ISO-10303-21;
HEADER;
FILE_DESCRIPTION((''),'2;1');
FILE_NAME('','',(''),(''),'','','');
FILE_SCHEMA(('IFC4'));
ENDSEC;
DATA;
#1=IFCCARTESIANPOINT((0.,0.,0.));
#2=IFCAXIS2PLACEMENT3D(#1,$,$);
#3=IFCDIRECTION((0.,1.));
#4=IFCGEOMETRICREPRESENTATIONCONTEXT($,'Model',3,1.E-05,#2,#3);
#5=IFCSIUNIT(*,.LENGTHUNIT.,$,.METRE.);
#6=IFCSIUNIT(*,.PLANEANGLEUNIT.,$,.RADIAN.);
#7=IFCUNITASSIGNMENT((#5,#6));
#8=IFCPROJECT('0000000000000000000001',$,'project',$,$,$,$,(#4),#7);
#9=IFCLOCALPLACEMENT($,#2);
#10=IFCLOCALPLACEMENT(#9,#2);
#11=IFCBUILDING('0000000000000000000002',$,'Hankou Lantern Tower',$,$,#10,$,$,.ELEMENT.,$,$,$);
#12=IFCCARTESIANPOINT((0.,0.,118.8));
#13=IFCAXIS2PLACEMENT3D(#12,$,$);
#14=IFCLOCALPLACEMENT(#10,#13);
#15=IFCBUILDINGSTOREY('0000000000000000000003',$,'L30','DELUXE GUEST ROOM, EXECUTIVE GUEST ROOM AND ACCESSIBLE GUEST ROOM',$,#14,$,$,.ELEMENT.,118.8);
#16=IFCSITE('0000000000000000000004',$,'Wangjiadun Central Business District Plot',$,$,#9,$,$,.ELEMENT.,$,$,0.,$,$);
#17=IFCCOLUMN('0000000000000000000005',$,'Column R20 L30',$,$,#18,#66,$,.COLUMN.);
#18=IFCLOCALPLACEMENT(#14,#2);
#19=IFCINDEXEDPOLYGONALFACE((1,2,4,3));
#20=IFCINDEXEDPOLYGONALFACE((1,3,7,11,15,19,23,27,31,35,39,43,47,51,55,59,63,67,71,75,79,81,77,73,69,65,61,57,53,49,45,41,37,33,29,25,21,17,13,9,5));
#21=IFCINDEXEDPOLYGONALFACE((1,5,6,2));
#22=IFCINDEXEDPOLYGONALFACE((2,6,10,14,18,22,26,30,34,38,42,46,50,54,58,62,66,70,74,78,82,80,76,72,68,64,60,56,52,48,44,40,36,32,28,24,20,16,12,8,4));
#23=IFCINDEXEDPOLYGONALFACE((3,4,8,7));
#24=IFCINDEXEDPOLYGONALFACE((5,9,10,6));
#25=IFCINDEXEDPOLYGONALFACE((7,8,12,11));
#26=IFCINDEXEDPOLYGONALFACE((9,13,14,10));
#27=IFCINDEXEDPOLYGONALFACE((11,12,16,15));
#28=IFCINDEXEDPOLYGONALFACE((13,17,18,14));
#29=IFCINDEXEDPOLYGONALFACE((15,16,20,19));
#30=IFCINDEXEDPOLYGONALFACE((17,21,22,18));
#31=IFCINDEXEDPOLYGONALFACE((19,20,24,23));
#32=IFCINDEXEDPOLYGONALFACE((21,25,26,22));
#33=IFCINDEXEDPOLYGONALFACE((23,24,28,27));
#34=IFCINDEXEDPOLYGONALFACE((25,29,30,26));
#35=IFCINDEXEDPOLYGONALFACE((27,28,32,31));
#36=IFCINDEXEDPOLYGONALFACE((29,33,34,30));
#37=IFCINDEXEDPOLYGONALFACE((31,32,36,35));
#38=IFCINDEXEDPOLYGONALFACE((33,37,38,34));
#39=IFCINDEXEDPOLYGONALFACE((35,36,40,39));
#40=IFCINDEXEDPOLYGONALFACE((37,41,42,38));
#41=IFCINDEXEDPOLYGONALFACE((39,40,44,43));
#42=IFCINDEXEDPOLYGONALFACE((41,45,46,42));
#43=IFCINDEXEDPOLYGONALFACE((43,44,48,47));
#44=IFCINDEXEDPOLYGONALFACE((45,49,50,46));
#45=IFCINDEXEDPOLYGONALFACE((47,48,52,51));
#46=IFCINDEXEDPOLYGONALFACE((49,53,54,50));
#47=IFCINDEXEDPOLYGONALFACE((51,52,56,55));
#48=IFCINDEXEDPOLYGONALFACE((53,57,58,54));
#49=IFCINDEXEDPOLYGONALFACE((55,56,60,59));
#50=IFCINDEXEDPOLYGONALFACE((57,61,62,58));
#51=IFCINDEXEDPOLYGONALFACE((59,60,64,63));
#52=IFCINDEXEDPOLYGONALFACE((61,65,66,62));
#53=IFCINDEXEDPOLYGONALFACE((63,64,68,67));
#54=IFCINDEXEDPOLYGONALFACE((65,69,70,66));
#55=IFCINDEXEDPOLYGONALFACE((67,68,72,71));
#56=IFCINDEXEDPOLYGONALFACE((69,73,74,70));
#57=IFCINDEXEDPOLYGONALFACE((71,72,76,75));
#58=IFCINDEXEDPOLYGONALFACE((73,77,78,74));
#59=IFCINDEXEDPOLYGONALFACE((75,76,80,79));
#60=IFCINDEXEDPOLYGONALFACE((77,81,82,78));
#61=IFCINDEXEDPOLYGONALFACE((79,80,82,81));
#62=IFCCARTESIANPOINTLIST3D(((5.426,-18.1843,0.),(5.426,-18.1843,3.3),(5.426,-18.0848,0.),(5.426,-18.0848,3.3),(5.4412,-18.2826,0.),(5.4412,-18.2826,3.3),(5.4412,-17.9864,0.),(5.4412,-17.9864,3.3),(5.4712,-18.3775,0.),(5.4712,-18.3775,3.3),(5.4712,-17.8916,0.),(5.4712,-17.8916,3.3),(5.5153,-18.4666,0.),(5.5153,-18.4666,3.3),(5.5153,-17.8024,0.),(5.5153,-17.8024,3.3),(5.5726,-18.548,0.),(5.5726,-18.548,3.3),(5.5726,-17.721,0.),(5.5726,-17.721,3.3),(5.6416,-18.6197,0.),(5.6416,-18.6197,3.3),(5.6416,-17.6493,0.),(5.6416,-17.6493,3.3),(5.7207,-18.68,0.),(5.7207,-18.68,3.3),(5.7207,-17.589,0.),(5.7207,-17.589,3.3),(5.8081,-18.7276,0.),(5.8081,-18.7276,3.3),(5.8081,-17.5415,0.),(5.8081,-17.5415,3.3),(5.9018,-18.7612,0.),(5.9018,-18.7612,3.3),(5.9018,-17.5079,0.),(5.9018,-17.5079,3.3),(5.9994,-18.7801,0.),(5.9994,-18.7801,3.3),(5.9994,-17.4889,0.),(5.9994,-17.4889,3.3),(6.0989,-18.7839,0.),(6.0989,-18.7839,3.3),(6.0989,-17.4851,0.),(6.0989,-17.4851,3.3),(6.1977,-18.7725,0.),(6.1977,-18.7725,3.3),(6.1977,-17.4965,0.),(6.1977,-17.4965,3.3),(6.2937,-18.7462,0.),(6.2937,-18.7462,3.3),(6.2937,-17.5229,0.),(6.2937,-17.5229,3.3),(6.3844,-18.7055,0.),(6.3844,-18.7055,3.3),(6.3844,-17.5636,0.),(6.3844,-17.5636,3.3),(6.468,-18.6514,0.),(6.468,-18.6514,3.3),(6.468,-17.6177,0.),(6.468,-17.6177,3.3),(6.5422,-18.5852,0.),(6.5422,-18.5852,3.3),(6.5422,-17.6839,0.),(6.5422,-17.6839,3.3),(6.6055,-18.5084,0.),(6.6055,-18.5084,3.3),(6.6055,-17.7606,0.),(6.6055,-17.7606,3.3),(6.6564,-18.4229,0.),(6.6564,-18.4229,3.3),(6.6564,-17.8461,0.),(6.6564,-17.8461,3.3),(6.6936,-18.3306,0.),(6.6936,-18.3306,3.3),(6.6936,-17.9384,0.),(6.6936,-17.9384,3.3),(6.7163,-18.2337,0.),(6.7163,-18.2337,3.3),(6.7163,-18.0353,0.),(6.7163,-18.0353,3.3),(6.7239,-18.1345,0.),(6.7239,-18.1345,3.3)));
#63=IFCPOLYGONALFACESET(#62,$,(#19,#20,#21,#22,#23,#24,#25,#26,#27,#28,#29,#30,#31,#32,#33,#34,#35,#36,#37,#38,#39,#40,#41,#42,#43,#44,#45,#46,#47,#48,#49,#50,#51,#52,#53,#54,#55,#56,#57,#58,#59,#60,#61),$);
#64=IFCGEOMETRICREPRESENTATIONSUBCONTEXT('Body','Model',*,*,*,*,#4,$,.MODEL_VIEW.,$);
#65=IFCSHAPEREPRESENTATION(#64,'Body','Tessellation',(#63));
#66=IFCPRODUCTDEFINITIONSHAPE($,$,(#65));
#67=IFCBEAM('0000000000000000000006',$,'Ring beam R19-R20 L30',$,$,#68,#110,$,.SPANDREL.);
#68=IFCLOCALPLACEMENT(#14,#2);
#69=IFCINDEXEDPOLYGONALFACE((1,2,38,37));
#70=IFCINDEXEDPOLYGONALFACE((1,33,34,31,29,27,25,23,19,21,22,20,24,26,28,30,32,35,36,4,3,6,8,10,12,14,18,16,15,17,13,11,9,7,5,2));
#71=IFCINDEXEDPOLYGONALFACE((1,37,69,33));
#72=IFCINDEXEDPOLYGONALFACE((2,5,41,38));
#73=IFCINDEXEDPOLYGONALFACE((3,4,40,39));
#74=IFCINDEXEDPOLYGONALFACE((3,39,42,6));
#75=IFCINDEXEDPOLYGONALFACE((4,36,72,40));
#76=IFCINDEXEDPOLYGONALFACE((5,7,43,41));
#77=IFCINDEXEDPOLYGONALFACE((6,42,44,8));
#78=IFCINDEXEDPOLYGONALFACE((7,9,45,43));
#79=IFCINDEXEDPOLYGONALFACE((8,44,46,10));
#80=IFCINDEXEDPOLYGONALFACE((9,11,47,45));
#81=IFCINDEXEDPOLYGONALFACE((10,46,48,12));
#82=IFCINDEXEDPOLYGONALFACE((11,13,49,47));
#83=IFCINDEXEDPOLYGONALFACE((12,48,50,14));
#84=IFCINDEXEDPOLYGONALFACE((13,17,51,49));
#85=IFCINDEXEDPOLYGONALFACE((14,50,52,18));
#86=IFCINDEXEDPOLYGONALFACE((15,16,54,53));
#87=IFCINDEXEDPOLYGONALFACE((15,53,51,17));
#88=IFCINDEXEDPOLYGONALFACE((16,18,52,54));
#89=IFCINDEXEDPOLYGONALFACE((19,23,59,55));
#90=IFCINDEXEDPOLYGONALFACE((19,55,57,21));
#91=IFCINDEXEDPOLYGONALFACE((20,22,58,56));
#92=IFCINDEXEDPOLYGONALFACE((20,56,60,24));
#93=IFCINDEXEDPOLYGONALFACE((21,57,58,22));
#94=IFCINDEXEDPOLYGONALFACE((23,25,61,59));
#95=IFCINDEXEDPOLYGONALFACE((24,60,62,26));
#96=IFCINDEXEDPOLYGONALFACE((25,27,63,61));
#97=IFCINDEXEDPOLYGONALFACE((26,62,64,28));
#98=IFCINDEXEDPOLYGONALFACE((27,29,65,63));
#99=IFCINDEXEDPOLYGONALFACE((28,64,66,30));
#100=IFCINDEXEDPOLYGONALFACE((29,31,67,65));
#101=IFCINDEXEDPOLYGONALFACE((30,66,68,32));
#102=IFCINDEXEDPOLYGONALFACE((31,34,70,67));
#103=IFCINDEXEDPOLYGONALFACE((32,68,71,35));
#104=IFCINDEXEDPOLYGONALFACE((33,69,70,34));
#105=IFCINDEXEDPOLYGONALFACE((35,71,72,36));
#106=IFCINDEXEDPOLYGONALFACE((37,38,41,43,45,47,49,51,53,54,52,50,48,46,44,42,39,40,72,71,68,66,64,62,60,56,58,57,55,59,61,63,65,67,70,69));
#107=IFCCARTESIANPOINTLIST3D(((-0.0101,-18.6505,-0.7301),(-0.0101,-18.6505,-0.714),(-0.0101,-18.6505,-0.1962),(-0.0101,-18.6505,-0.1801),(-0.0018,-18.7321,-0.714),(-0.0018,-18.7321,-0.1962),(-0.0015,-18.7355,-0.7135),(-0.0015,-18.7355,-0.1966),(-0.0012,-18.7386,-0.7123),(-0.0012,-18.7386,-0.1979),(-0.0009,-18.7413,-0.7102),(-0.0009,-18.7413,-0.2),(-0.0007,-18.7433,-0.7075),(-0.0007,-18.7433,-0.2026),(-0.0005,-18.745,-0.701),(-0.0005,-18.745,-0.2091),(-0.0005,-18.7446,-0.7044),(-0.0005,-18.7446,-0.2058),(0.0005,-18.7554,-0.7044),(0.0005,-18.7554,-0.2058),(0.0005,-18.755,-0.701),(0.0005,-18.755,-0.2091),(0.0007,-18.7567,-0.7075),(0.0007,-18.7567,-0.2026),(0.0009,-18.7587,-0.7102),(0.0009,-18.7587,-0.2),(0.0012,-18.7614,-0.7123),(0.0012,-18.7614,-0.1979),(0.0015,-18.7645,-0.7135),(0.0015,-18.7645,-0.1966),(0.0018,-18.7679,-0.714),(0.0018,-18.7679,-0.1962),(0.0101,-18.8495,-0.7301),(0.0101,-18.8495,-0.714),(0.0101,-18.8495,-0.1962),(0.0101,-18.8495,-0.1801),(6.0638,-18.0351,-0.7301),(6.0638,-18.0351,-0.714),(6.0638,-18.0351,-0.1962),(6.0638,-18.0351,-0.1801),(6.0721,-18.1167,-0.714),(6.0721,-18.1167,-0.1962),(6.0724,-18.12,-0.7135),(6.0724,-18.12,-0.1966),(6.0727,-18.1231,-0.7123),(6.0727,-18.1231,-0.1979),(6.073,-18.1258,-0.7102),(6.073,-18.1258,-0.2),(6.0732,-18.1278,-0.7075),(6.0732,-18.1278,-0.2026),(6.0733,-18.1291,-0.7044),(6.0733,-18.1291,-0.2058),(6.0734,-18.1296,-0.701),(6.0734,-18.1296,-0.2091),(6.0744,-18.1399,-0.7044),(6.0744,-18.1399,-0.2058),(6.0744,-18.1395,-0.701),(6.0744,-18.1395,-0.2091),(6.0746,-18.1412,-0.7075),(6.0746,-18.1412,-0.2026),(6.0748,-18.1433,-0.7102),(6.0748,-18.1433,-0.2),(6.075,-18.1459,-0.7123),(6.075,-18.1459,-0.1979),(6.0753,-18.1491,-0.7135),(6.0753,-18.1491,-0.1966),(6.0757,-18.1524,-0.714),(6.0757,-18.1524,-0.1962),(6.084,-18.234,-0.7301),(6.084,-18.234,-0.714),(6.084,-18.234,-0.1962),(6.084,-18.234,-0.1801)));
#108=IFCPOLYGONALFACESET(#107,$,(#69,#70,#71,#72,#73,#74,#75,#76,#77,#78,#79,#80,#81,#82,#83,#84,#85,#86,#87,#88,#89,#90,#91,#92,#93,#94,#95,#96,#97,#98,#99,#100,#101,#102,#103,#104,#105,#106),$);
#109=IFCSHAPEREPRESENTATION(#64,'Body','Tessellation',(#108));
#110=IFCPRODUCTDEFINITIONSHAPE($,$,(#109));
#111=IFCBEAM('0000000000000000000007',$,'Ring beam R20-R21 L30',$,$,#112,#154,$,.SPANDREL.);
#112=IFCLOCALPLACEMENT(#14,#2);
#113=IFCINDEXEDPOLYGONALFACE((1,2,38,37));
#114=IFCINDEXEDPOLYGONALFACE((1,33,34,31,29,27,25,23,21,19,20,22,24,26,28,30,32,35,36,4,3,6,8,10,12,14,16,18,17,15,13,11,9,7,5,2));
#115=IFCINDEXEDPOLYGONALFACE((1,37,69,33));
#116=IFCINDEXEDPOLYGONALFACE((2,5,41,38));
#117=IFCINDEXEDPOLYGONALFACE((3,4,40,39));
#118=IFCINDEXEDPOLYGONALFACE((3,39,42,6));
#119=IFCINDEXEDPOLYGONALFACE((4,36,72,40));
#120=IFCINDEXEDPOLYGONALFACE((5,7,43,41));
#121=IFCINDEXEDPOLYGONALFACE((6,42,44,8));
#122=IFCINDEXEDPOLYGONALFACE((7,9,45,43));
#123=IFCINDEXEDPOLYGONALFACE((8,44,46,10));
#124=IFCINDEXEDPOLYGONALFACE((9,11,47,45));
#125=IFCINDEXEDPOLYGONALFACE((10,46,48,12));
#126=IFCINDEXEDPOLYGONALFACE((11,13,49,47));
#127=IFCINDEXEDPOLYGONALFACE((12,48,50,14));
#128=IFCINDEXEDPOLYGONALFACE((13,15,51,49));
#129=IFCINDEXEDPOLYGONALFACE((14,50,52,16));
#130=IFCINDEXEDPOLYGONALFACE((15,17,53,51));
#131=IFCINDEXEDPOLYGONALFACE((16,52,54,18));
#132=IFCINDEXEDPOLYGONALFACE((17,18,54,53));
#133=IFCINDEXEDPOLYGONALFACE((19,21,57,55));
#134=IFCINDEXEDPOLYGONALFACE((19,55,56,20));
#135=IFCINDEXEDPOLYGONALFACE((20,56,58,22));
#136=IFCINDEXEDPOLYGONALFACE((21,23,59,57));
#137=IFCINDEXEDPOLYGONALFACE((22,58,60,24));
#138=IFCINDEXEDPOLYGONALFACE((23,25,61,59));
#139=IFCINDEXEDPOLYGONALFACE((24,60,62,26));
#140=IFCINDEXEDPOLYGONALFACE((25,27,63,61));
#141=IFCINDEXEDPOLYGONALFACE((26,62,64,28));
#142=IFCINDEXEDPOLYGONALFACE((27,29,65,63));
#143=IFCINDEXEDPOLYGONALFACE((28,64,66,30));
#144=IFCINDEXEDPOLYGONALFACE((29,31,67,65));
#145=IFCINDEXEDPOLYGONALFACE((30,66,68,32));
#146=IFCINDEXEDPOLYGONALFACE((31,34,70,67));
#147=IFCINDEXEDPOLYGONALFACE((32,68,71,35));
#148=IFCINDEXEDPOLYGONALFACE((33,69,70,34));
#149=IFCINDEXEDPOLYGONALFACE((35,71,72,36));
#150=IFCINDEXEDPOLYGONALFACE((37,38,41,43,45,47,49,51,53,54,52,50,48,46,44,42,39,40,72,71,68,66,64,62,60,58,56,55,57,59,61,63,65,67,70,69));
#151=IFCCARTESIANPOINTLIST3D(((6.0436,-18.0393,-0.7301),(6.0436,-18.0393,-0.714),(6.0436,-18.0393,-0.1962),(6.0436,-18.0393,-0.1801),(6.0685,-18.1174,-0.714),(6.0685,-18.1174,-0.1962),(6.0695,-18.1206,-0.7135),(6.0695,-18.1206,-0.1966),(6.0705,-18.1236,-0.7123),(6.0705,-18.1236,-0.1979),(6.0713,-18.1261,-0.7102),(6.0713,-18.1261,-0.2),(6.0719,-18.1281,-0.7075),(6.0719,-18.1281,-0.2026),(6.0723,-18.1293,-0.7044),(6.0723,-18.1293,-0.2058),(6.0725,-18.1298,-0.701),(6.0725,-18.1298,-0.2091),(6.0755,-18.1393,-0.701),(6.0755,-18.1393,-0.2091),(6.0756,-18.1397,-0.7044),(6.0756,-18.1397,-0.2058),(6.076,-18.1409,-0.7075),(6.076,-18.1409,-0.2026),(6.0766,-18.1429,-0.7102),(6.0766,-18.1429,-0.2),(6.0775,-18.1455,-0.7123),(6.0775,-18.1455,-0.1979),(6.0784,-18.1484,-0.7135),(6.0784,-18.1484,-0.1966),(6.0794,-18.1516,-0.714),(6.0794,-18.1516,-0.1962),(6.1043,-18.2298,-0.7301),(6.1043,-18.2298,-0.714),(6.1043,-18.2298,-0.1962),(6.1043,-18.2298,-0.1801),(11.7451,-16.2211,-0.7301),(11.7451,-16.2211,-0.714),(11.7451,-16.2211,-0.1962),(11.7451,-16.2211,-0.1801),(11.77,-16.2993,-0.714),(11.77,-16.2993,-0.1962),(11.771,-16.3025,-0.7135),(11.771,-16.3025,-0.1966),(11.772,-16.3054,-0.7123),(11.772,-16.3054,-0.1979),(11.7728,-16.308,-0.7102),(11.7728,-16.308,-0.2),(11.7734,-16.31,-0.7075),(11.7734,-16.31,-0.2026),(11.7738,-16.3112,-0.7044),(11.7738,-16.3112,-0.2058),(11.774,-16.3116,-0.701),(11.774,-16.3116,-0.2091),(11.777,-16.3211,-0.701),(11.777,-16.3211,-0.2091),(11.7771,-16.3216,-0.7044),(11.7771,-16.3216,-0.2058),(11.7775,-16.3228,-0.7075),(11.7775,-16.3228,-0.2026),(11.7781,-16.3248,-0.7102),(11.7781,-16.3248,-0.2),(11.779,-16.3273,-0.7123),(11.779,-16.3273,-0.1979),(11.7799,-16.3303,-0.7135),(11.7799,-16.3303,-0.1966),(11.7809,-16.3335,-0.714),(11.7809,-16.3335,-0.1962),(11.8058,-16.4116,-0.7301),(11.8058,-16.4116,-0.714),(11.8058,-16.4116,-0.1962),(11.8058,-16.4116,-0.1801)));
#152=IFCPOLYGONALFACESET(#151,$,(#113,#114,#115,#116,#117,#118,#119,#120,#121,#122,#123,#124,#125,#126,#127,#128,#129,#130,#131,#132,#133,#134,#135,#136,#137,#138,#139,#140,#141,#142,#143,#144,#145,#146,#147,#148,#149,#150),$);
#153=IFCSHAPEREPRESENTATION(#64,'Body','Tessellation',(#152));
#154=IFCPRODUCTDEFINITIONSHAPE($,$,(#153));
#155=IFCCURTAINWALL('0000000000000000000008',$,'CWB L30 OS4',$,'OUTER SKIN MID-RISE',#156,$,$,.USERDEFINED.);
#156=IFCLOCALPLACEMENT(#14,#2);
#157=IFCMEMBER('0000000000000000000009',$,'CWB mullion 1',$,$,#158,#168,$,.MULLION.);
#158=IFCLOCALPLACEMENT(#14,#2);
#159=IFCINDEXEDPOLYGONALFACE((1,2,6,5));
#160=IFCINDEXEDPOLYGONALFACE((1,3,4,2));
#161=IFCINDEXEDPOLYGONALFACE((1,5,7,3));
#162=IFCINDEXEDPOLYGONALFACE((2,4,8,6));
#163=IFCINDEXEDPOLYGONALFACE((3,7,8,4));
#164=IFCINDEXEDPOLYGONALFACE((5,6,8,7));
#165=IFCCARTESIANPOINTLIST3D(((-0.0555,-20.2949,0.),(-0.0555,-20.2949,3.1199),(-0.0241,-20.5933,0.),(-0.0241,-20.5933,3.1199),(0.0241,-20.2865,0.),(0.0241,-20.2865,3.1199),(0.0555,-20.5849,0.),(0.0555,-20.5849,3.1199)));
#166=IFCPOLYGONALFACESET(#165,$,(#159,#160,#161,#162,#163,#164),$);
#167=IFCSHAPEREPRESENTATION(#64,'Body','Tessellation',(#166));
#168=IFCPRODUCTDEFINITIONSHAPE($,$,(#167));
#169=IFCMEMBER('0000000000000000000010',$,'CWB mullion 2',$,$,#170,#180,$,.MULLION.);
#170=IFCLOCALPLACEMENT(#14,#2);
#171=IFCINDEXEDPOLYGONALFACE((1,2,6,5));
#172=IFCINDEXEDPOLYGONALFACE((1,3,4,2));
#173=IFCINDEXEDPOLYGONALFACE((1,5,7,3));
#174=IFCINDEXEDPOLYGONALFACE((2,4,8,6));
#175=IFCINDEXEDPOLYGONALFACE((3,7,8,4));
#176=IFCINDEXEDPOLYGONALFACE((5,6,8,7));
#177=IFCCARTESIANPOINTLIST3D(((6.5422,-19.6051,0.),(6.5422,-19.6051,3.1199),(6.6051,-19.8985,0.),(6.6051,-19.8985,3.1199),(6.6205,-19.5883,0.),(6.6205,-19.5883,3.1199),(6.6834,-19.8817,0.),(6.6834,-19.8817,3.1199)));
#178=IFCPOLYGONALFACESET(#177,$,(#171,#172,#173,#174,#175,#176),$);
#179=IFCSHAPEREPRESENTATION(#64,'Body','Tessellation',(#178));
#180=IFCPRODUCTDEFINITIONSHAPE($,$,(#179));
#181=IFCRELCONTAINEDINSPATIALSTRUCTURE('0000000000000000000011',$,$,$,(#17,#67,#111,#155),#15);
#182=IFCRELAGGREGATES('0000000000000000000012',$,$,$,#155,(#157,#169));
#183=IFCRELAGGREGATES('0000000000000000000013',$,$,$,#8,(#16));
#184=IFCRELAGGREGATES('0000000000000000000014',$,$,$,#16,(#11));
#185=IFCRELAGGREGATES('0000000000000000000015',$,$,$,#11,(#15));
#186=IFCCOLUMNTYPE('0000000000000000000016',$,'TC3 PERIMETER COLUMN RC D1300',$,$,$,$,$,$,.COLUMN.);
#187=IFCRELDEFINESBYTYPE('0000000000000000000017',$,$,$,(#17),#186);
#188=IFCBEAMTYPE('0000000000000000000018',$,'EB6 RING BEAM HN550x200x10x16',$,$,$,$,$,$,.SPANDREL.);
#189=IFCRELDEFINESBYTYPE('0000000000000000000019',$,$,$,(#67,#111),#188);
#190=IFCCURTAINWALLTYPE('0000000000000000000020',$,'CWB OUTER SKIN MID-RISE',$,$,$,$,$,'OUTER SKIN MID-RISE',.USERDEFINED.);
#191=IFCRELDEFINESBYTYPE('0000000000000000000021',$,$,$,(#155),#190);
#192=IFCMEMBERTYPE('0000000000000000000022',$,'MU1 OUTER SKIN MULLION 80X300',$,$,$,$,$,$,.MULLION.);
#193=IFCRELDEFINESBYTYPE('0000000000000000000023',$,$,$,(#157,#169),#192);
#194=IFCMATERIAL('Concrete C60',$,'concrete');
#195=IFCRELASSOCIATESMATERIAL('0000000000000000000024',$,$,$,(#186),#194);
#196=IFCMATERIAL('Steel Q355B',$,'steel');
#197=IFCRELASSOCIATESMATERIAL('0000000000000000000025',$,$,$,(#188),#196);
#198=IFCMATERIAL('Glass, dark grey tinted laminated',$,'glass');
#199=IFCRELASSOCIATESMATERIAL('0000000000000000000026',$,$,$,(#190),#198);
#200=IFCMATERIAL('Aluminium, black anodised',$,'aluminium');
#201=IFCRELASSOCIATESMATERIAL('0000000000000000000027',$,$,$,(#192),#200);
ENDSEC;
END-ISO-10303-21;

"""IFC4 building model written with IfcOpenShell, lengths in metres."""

from ifc_helpers import new_model, si_unit, direction, frame, origin, origin_2d, place, context, subcontext, project, spatial, rectangle, circle, i_section, extrude, material, material_profile, profile_set, type_object, element, aggregate, save


model = new_model("IFC4")

# Units and contexts
model_context = context("Model", 3, precision=1e-05, world=origin(), true_north=direction((0.0, 1.0)))
body_context = subcontext(model_context, "Body", "Model", "MODEL_VIEW")
ifc_project = project(units=[si_unit("LENGTHUNIT", "METRE"), si_unit("PLANEANGLEUNIT", "RADIAN")], contexts=[model_context])

# Site, building, storey
site_placement = place(None, origin())
site = spatial("IfcSite", under=ifc_project, at=site_placement, Name="Wangjiadun Central Business District Plot", CompositionType="ELEMENT", RefElevation=0.0)
building_placement = place(site_placement, origin())
building = spatial("IfcBuilding", under=site, at=building_placement, Name="Hankou Lantern Tower", CompositionType="ELEMENT")
storey_placement = place(building_placement, frame((0.0, 0.0, 118.8)))
storey = spatial("IfcBuildingStorey", under=building, at=storey_placement, Name="L30", Description="DELUXE GUEST ROOM, EXECUTIVE GUEST ROOM AND ACCESSIBLE GUEST ROOM", CompositionType="ELEMENT", Elevation=118.8)

# Column
ifc_material_1 = material(Name="Concrete C60", Category="concrete")
ifc_material_profile_1 = material_profile(ifc_material_1, circle(Radius=0.6499, at=origin_2d()), Name="RC D1300")
ifc_profile_set_1 = profile_set([ifc_material_profile_1], Name="Concrete C60")
column_type = type_object("IfcColumnType", Name="TC3 PERIMETER COLUMN RC D1300", PredefinedType="COLUMN", material=ifc_profile_set_1)
column_placement = place(storey_placement, frame((6.074, -18.1345, 0.0), z_axis=(0.0, 0.0, 1.0), x_axis=(1.0, 0.0, 0.0)))
element("IfcColumn", 1, at=column_placement, inside=storey, type_object=column_type, Name="Column R20 L30", PredefinedType="COLUMN", context=body_context, shape_type="SweptSolid", body=[
    extrude(circle(Radius=0.6499, at=origin_2d()), origin(), (0.0, 0.0, 1.0), 3.3),
])

# Beams
ifc_material_2 = material(Name="Steel Q355B", Category="steel")
ifc_material_profile_2 = material_profile(ifc_material_2, i_section(OverallWidth=0.2, OverallDepth=0.55, WebThickness=0.01, FlangeThickness=0.0161, FilletRadius=0.0129, at=origin_2d()), Name="HN550x200x10x16")
ifc_profile_set_2 = profile_set([ifc_material_profile_2], Name="Steel Q355B")
beam_type_1 = type_object("IfcBeamType", Name="EB6 RING BEAM HN550x200x10x16", PredefinedType="SPANDREL", material=ifc_profile_set_2)
beam_1_placement = place(storey_placement, frame((0.0, -18.75, -0.4551), z_axis=(0.994905, 0.100814, 0.0), x_axis=(-0.100814, 0.994905, 0.0)))
element("IfcBeam", 2, at=beam_1_placement, inside=storey, type_object=beam_type_1, Name="Ring beam R19-R20 L30", PredefinedType="SPANDREL", context=body_context, shape_type="SweptSolid", body=[
    extrude(i_section(OverallWidth=0.2, OverallDepth=0.55, WebThickness=0.01, FlangeThickness=0.0161, FilletRadius=0.0129, at=origin_2d()), origin(), (0.0, 0.0, 1.0), 6.105),
])
beam_2_placement = place(storey_placement, frame((6.074, -18.1345, -0.4551), z_axis=(0.952731, 0.303815, 0.0), x_axis=(-0.303815, 0.952731, 0.0)))
element("IfcBeam", 3, at=beam_2_placement, inside=storey, type_object=beam_type_1, Name="Ring beam R20-R21 L30", PredefinedType="SPANDREL", context=body_context, shape_type="SweptSolid", body=[
    extrude(i_section(OverallWidth=0.2, OverallDepth=0.55, WebThickness=0.01, FlangeThickness=0.0161, FilletRadius=0.0129, at=origin_2d()), origin(), (0.0, 0.0, 1.0), 5.9844),
])

# Curtain wall, members
ifc_material_3 = material(Name="Glass, dark grey tinted laminated", Category="glass")
curtain_wall_type = type_object("IfcCurtainWallType", Name="CWB OUTER SKIN MID-RISE", ElementType="OUTER SKIN MID-RISE", PredefinedType="USERDEFINED", material=ifc_material_3)
curtain_wall_placement = place(storey_placement, origin())
curtain_wall = element("IfcCurtainWall", 4, at=curtain_wall_placement, inside=storey, type_object=curtain_wall_type, Name="CWB L30 OS4", ObjectType="OUTER SKIN MID-RISE", PredefinedType="USERDEFINED")
ifc_material_4 = material(Name="Aluminium, black anodised", Category="aluminium")
ifc_material_profile_3 = material_profile(ifc_material_4, rectangle(XDim=0.0801, YDim=0.3, at=origin_2d()), Name="MU1 80X300")
ifc_profile_set_3 = profile_set([ifc_material_profile_3], Name="Aluminium, black anodised")
member_type_1 = type_object("IfcMemberType", Name="MU1 OUTER SKIN MULLION 80X300", PredefinedType="MULLION", material=ifc_profile_set_3)
member_1_placement = place(storey_placement, frame((0.0, -20.4399, 0.0), z_axis=(0.0, 0.0, 1.0), x_axis=(0.994499, 0.104743, 0.0)))
member_1 = element("IfcMember", 5, at=member_1_placement, type_object=member_type_1, Name="CWB mullion 1", PredefinedType="MULLION", context=body_context, shape_type="SweptSolid", body=[
    extrude(rectangle(XDim=0.0801, YDim=0.3, at=origin_2d()), origin(), (0.0, 0.0, 1.0), 3.1199),
])
member_2_placement = place(storey_placement, frame((6.6128, -19.7434, 0.0), z_axis=(0.0, 0.0, 1.0), x_axis=(0.977788, 0.209598, 0.0)))
member_2 = element("IfcMember", 6, at=member_2_placement, type_object=member_type_1, Name="CWB mullion 2", PredefinedType="MULLION", context=body_context, shape_type="SweptSolid", body=[
    extrude(rectangle(XDim=0.0801, YDim=0.3, at=origin_2d()), origin(), (0.0, 0.0, 1.0), 3.1199),
])

aggregate(curtain_wall, [member_1, member_2])

save(model, "model.ifc")
